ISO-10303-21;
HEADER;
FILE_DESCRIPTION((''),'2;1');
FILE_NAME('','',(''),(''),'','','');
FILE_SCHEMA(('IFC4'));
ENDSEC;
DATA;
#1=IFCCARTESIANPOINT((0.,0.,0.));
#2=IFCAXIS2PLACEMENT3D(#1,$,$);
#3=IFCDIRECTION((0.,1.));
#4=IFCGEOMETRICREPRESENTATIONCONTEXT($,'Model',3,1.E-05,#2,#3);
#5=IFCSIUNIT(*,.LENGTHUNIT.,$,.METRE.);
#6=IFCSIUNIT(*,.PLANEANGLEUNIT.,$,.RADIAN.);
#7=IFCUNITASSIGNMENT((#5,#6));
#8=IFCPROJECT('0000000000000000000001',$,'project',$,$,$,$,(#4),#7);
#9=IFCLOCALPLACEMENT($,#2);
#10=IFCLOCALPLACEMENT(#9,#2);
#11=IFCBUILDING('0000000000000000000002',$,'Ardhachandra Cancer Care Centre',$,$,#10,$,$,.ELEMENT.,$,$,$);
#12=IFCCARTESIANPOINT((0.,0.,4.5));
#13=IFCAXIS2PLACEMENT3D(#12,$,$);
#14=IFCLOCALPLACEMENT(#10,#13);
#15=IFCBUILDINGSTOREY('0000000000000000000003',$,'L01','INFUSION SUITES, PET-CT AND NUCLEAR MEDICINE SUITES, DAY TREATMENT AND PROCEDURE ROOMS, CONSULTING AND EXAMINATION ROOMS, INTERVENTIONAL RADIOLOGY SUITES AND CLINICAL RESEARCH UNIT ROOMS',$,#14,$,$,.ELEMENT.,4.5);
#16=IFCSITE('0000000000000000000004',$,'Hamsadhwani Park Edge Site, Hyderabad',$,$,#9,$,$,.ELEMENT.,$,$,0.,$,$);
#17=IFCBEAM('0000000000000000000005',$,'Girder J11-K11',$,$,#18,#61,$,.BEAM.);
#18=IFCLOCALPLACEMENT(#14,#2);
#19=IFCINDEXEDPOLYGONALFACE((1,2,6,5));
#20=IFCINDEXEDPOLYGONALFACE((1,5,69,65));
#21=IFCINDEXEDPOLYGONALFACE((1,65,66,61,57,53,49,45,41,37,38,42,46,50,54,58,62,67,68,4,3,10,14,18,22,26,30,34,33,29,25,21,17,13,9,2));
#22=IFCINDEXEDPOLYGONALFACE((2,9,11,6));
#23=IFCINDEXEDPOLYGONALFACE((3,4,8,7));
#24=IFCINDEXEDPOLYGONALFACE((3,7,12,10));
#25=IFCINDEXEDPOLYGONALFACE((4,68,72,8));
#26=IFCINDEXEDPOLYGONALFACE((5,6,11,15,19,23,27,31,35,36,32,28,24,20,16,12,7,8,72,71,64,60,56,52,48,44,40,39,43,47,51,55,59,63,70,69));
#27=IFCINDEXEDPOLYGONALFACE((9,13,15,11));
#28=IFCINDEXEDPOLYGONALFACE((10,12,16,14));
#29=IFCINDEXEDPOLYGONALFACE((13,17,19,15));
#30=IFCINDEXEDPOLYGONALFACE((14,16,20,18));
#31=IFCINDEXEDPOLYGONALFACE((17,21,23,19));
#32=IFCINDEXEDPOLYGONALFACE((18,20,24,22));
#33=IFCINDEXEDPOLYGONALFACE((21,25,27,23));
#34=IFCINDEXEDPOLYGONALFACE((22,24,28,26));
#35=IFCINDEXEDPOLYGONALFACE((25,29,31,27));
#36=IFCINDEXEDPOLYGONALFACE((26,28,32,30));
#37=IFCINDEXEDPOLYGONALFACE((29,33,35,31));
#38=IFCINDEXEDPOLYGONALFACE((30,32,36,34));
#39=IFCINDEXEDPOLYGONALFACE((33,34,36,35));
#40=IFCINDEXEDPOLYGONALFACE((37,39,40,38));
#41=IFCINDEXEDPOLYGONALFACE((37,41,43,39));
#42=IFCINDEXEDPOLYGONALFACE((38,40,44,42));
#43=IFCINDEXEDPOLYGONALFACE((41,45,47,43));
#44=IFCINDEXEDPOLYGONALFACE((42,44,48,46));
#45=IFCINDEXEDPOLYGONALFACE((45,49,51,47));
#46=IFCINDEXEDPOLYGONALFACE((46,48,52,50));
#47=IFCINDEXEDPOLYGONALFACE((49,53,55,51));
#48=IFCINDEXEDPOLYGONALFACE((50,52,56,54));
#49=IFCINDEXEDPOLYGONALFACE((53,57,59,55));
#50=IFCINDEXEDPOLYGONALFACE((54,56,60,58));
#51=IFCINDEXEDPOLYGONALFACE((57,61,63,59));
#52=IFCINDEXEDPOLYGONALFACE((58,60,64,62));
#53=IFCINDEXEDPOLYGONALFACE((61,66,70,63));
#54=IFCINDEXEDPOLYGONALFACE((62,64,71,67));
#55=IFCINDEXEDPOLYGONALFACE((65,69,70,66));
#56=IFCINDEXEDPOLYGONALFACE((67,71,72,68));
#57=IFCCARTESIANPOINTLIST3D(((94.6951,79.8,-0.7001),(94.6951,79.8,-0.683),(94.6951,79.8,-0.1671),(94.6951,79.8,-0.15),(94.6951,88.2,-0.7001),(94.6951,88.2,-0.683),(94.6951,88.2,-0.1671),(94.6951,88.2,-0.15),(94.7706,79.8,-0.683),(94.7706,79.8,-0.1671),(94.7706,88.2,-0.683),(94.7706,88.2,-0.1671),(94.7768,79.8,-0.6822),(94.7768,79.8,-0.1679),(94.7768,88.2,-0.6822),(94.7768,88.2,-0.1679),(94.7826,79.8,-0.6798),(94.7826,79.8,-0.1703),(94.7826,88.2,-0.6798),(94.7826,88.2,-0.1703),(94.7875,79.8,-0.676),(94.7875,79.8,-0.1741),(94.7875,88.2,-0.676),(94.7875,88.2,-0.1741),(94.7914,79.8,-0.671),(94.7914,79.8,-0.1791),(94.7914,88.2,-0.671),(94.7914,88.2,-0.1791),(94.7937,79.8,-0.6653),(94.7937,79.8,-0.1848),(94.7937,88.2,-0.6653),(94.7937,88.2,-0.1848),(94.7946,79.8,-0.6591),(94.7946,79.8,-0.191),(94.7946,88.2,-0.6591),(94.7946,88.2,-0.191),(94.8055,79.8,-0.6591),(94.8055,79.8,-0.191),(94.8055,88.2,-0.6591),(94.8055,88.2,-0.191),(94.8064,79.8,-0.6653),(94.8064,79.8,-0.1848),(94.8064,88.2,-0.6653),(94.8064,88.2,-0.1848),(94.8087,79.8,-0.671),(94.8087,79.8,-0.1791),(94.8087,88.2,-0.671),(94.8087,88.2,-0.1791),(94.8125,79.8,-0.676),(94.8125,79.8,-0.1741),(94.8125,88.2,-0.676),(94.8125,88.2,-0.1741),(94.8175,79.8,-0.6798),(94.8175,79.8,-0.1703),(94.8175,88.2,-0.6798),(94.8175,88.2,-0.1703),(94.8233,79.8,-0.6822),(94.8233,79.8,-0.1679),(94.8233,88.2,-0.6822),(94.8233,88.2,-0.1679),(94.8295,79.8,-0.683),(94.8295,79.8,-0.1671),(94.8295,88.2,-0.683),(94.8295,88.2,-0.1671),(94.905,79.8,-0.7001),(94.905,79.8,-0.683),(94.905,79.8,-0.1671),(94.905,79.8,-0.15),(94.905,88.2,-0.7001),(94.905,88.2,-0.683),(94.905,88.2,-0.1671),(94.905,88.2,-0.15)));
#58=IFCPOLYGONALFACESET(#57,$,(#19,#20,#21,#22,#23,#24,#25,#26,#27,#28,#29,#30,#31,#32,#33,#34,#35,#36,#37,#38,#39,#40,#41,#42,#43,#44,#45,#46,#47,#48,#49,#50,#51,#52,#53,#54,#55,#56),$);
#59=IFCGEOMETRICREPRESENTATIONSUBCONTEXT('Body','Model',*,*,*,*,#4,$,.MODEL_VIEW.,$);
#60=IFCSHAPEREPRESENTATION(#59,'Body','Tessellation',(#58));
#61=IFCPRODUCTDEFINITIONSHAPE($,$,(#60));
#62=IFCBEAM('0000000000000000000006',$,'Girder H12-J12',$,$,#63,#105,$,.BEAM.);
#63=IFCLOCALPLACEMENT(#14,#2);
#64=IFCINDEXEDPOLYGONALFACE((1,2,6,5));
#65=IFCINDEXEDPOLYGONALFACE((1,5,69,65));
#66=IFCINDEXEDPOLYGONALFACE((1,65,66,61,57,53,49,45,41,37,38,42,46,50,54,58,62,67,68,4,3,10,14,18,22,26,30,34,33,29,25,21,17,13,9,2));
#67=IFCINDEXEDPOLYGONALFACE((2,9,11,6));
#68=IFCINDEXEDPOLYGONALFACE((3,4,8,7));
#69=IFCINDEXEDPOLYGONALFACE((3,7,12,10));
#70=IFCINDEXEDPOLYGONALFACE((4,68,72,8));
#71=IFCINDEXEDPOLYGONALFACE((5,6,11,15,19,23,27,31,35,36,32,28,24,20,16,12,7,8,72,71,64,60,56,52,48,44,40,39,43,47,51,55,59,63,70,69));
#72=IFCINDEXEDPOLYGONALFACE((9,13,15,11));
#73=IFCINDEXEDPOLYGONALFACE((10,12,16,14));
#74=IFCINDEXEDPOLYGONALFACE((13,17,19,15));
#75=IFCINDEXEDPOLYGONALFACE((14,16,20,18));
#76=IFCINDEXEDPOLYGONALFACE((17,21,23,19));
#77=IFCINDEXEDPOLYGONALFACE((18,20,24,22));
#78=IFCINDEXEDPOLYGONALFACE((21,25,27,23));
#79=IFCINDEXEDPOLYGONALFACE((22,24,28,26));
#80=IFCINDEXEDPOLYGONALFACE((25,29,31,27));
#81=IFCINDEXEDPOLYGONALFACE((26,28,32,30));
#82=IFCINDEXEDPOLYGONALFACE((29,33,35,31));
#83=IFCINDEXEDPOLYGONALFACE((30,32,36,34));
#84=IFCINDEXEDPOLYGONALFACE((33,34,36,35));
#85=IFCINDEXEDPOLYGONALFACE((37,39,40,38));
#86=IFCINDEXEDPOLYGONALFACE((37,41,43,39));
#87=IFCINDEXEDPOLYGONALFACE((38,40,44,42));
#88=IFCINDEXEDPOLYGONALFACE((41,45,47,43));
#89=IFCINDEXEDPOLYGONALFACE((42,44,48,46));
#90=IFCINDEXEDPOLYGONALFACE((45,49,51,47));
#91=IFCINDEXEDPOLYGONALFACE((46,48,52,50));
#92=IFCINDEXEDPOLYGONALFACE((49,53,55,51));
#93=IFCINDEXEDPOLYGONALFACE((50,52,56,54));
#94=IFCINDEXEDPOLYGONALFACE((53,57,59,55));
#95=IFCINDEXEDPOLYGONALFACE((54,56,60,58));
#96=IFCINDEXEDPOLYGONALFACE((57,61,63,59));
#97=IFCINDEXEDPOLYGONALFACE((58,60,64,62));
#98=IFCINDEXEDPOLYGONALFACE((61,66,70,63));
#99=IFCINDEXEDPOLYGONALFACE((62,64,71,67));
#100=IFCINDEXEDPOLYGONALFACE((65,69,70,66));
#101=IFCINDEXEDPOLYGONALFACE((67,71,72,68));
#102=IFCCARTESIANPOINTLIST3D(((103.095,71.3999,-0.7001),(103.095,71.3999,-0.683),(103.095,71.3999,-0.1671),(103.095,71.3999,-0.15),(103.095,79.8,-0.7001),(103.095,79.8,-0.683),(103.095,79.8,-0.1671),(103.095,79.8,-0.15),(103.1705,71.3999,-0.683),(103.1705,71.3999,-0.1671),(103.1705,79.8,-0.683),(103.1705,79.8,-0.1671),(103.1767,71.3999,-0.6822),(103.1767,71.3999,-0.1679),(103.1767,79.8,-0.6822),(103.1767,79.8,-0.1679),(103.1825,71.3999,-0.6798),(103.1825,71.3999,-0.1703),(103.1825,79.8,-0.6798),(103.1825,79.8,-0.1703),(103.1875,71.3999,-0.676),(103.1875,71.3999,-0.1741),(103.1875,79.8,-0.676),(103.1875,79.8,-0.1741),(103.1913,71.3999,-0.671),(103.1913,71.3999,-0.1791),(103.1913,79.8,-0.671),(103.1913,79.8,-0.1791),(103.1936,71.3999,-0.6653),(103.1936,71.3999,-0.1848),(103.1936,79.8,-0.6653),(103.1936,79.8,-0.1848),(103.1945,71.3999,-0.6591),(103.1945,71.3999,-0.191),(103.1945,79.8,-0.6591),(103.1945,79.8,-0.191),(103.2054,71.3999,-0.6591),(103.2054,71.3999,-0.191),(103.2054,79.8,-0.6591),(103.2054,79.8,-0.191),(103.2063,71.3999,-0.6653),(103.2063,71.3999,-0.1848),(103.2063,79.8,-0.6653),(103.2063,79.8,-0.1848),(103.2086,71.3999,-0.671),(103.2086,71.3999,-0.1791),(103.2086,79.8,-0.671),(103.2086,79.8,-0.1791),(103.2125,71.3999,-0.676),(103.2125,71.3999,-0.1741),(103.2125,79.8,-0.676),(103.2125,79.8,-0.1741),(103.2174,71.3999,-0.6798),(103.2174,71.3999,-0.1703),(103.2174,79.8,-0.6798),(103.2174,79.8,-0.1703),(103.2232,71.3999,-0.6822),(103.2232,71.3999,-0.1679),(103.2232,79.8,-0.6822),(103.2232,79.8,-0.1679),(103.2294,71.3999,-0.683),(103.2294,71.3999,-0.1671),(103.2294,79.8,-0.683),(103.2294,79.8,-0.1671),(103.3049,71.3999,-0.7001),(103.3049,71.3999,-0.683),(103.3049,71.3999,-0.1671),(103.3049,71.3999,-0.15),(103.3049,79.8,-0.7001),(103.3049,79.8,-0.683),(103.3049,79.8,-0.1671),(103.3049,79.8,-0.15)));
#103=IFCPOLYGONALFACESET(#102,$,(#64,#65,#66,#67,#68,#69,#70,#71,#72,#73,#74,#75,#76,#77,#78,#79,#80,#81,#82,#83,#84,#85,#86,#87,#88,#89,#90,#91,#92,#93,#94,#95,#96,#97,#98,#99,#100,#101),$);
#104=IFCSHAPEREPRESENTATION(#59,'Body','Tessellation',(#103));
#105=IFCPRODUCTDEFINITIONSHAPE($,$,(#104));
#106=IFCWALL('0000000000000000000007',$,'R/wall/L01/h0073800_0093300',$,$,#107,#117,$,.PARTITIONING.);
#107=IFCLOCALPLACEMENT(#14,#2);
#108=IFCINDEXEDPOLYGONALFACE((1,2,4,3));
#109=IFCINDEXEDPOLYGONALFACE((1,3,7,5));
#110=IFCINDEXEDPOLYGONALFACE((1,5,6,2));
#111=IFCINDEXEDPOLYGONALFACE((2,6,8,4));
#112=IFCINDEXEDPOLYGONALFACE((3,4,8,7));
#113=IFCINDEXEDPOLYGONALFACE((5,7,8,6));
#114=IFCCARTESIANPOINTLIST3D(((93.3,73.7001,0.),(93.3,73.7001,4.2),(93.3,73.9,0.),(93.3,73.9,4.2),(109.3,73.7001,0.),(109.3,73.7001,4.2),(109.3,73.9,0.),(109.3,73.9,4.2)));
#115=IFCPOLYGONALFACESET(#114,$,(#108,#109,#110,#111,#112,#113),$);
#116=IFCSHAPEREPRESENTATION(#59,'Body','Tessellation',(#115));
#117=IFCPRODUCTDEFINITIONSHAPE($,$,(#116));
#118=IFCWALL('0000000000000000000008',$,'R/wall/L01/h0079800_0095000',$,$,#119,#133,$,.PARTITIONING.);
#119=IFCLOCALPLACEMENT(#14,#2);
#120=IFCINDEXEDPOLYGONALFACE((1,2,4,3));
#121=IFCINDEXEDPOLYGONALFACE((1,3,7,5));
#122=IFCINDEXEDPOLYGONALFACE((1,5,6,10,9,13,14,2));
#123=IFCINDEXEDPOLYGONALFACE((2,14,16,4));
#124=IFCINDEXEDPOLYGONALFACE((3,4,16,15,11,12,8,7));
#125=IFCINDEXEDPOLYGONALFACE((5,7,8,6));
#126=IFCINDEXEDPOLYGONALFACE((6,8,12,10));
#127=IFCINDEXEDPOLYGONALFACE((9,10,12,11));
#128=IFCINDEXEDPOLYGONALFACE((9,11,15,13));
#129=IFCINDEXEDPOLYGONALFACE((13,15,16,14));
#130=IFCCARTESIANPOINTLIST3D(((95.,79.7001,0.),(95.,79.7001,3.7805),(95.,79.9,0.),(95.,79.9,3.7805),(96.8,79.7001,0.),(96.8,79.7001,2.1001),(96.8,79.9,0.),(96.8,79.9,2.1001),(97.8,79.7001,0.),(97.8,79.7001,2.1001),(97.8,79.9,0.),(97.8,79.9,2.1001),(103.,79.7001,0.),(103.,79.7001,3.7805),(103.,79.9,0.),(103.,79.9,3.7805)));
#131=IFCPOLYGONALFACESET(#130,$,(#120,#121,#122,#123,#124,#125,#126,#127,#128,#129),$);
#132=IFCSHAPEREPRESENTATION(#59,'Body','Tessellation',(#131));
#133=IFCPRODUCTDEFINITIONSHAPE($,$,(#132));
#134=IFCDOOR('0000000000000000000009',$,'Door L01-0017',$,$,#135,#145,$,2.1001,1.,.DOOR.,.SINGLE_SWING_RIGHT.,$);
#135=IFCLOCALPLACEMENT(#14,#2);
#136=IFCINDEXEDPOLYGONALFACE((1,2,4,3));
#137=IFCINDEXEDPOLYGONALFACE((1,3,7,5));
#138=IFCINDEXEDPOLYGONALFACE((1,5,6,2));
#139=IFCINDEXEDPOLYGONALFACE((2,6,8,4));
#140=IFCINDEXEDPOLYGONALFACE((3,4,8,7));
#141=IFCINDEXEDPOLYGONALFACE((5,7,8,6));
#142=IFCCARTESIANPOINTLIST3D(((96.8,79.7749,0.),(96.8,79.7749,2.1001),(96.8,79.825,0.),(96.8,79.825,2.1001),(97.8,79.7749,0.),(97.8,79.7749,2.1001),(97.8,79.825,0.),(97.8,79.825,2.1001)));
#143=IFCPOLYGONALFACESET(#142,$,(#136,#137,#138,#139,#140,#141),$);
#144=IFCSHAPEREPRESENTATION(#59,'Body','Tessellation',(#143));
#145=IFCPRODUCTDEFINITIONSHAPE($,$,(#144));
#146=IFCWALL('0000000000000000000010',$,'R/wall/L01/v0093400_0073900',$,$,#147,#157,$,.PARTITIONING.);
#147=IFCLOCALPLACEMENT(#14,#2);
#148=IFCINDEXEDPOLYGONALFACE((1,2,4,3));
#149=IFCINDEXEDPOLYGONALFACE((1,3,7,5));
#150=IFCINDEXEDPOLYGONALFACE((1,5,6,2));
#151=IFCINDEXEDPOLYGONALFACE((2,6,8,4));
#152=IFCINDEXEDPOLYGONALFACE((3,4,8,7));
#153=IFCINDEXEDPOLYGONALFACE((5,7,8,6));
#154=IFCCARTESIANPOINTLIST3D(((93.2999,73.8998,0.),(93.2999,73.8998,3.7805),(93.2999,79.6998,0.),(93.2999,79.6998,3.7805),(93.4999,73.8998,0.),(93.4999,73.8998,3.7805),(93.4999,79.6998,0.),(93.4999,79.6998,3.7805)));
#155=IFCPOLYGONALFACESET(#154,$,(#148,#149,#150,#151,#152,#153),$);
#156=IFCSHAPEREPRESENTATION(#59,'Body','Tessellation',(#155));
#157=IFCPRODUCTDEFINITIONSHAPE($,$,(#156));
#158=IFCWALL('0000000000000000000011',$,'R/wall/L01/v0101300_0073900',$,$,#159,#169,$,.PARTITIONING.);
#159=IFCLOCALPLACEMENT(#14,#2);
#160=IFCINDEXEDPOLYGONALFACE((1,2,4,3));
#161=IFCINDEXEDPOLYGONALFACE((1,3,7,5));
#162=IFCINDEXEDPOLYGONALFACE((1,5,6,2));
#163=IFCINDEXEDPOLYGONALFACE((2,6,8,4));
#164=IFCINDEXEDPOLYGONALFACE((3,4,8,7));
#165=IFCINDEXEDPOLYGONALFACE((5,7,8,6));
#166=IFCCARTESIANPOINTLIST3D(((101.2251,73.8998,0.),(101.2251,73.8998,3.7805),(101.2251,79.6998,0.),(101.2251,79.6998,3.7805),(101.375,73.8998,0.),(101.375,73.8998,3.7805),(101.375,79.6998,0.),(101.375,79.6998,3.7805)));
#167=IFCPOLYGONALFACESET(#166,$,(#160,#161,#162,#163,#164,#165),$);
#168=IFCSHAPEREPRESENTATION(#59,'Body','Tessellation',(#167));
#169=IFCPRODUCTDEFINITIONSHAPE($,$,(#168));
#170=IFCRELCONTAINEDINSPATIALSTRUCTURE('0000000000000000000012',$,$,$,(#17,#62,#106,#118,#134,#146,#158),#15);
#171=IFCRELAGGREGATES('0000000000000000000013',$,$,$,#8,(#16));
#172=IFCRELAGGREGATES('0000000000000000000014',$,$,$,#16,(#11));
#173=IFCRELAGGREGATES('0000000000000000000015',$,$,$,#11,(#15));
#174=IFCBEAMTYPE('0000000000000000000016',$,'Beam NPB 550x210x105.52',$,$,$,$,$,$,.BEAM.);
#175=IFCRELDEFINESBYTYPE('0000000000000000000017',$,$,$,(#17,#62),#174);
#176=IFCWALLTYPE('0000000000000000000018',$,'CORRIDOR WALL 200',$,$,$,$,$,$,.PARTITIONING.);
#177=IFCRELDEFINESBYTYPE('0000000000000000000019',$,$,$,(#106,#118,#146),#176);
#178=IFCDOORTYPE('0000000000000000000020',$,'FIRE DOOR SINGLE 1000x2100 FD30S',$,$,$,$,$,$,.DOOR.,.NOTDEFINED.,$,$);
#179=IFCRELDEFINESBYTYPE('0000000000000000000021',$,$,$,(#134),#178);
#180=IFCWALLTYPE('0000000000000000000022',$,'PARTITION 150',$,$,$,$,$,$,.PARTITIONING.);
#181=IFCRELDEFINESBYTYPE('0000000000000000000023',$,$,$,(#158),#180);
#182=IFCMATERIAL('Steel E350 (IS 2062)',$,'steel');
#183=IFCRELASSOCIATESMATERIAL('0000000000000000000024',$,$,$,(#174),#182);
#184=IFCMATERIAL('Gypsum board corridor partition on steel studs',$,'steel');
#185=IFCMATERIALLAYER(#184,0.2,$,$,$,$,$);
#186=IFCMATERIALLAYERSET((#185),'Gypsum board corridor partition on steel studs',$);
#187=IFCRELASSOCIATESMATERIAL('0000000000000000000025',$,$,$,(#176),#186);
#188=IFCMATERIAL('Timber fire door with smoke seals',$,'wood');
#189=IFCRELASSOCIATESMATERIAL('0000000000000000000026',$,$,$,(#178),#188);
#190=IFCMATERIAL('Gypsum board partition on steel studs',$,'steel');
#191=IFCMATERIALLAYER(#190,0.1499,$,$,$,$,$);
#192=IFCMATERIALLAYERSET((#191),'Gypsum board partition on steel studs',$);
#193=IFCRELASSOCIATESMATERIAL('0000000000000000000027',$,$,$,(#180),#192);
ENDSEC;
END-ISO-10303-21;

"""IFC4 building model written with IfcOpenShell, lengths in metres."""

from ifc_helpers import new_model, si_unit, direction, frame, frame_2d, origin, origin_2d, place, context, subcontext, project, spatial, rectangle, i_section, extrude, material, layer, layer_set, material_profile, profile_set, type_object, element, fill, save


model = new_model("IFC4")

# Units and contexts
model_context = context("Model", 3, precision=1e-05, world=origin(), true_north=direction((0.0, 1.0)))
body_context = subcontext(model_context, "Body", "Model", "MODEL_VIEW")
ifc_project = project(units=[si_unit("LENGTHUNIT", "METRE"), si_unit("PLANEANGLEUNIT", "RADIAN")], contexts=[model_context])

# Site, building, storey
site_placement = place(None, origin())
site = spatial("IfcSite", under=ifc_project, at=site_placement, Name="Hamsadhwani Park Edge Site, Hyderabad", CompositionType="ELEMENT", RefElevation=0.0)
building_placement = place(site_placement, origin())
building = spatial("IfcBuilding", under=site, at=building_placement, Name="Ardhachandra Cancer Care Centre", CompositionType="ELEMENT")
storey_placement = place(building_placement, frame((0.0, 0.0, 4.5)))
storey = spatial("IfcBuildingStorey", under=building, at=storey_placement, Name="L01", Description="INFUSION SUITES, PET-CT AND NUCLEAR MEDICINE SUITES, DAY TREATMENT AND PROCEDURE ROOMS, CONSULTING AND EXAMINATION ROOMS, INTERVENTIONAL RADIOLOGY SUITES AND CLINICAL RESEARCH UNIT ROOMS", CompositionType="ELEMENT", Elevation=4.5)

# Beams
ifc_material_1 = material(Name="Steel E350 (IS 2062)", Category="steel")
ifc_material_profile_1 = material_profile(ifc_material_1, i_section(OverallWidth=0.21, OverallDepth=0.55, WebThickness=0.011, FlangeThickness=0.0171, FilletRadius=0.0239, at=origin_2d()), Name="NPB 550x210x105.52")
ifc_profile_set_1 = profile_set([ifc_material_profile_1], Name="Steel E350 (IS 2062)")
beam_type_1 = type_object("IfcBeamType", Name="Beam NPB 550x210x105.52", PredefinedType="BEAM", material=ifc_profile_set_1)
beam_1_placement = place(storey_placement, frame((94.8, 79.8, -0.425), z_axis=(0.0, 1.0, 0.0), x_axis=(-1.0, 0.0, 0.0)))
element("IfcBeam", 1, at=beam_1_placement, inside=storey, type_object=beam_type_1, Name="Girder J11-K11", PredefinedType="BEAM", context=body_context, shape_type="SweptSolid", body=[
    extrude(i_section(OverallWidth=0.21, OverallDepth=0.55, WebThickness=0.011, FlangeThickness=0.0171, FilletRadius=0.0239, at=origin_2d()), origin(), (0.0, 0.0, 1.0), 8.3999),
])
beam_2_placement = place(storey_placement, frame((103.2, 71.3999, -0.425), z_axis=(0.0, 1.0, 0.0), x_axis=(-1.0, 0.0, 0.0)))
element("IfcBeam", 2, at=beam_2_placement, inside=storey, type_object=beam_type_1, Name="Girder H12-J12", PredefinedType="BEAM", context=body_context, shape_type="SweptSolid", body=[
    extrude(i_section(OverallWidth=0.21, OverallDepth=0.55, WebThickness=0.011, FlangeThickness=0.0171, FilletRadius=0.0239, at=origin_2d()), origin(), (0.0, 0.0, 1.0), 8.4001),
])

# Wall
ifc_material_2 = material(Name="Gypsum board corridor partition on steel studs", Category="steel")
ifc_layer_1 = layer(ifc_material_2, 0.2)
ifc_layer_set_1 = layer_set([ifc_layer_1], Name="Gypsum board corridor partition on steel studs")
wall_type_1 = type_object("IfcWallType", Name="CORRIDOR WALL 200", PredefinedType="PARTITIONING", material=ifc_layer_set_1)
wall_1_placement = place(storey_placement, frame((93.3, 73.8, 0.0), z_axis=(0.0, 0.0, 1.0), x_axis=(1.0, 0.0, 0.0)))
element("IfcWall", 3, at=wall_1_placement, inside=storey, type_object=wall_type_1, Name="R/wall/L01/h0073800_0093300", PredefinedType="PARTITIONING", context=body_context, shape_type="SweptSolid", body=[
    extrude(rectangle(XDim=16.0, YDim=0.2, at=frame_2d((8.0, 0.0))), origin(), (0.0, 0.0, 1.0), 4.2),
])

# Wall, opening, door
wall_2_placement = place(storey_placement, frame((95.0, 79.8, 0.0), z_axis=(0.0, 0.0, 1.0), x_axis=(1.0, 0.0, 0.0)))
wall_2 = element("IfcWall", 4, at=wall_2_placement, inside=storey, type_object=wall_type_1, Name="R/wall/L01/h0079800_0095000", PredefinedType="PARTITIONING", context=body_context, shape_type="SweptSolid", body=[
    extrude(rectangle(XDim=8.0, YDim=0.2, at=frame_2d((4.0, 0.0))), origin(), (0.0, 0.0, 1.0), 3.7805),
])
opening_placement = place(wall_2_placement, frame((1.8, 0.0, 0.0)))
opening = element("IfcOpeningElement", 5, at=opening_placement, cuts=wall_2, PredefinedType="OPENING", context=body_context, shape_type="SweptSolid", body=[
    extrude(rectangle(XDim=1.0, YDim=2.1001, at=frame_2d((0.5, 1.05))), frame((0.0, 0.1099, 0.0), z_axis=(0.0, -1.0, 0.0), x_axis=(1.0, 0.0, 0.0)), (0.0, 0.0, 1.0), 0.22),
])
ifc_material_3 = material(Name="Timber fire door with smoke seals", Category="wood")
door_type = type_object("IfcDoorType", Name="FIRE DOOR SINGLE 1000x2100 FD30S", OperationType="NOTDEFINED", PredefinedType="DOOR", material=ifc_material_3)
door_placement = place(opening_placement, origin())
door = element("IfcDoor", 6, at=door_placement, inside=storey, type_object=door_type, Name="Door L01-0017", OperationType="SINGLE_SWING_RIGHT", OverallHeight=2.1001, OverallWidth=1.0, PredefinedType="DOOR", context=body_context, shape_type="SweptSolid", body=[
    extrude(rectangle(XDim=1.0, YDim=2.1001, at=frame_2d((0.5, 1.05))), frame((0.0, 0.0249, 0.0), z_axis=(0.0, -1.0, 0.0), x_axis=(1.0, 0.0, 0.0)), (0.0, 0.0, 1.0), 0.05),
])
fill(opening, door)

# Walls
wall_3_placement = place(storey_placement, frame((93.3999, 73.8999, 0.0), z_axis=(0.0, 0.0, 1.0), x_axis=(0.0, 1.0, 0.0)))
element("IfcWall", 7, at=wall_3_placement, inside=storey, type_object=wall_type_1, Name="R/wall/L01/v0093400_0073900", PredefinedType="PARTITIONING", context=body_context, shape_type="SweptSolid", body=[
    extrude(rectangle(XDim=5.8, YDim=0.2, at=frame_2d((2.8999, 0.0))), origin(), (0.0, 0.0, 1.0), 3.7805),
])
ifc_material_4 = material(Name="Gypsum board partition on steel studs", Category="steel")
ifc_layer_2 = layer(ifc_material_4, 0.1499)
ifc_layer_set_2 = layer_set([ifc_layer_2], Name="Gypsum board partition on steel studs")
wall_type_2 = type_object("IfcWallType", Name="PARTITION 150", PredefinedType="PARTITIONING", material=ifc_layer_set_2)
wall_4_placement = place(storey_placement, frame((101.3, 73.8999, 0.0), z_axis=(0.0, 0.0, 1.0), x_axis=(0.0, 1.0, 0.0)))
element("IfcWall", 8, at=wall_4_placement, inside=storey, type_object=wall_type_2, Name="R/wall/L01/v0101300_0073900", PredefinedType="PARTITIONING", context=body_context, shape_type="SweptSolid", body=[
    extrude(rectangle(XDim=5.8, YDim=0.1499, at=frame_2d((2.8999, 0.0))), origin(), (0.0, 0.0, 1.0), 3.7805),
])

save(model, "model.ifc")
